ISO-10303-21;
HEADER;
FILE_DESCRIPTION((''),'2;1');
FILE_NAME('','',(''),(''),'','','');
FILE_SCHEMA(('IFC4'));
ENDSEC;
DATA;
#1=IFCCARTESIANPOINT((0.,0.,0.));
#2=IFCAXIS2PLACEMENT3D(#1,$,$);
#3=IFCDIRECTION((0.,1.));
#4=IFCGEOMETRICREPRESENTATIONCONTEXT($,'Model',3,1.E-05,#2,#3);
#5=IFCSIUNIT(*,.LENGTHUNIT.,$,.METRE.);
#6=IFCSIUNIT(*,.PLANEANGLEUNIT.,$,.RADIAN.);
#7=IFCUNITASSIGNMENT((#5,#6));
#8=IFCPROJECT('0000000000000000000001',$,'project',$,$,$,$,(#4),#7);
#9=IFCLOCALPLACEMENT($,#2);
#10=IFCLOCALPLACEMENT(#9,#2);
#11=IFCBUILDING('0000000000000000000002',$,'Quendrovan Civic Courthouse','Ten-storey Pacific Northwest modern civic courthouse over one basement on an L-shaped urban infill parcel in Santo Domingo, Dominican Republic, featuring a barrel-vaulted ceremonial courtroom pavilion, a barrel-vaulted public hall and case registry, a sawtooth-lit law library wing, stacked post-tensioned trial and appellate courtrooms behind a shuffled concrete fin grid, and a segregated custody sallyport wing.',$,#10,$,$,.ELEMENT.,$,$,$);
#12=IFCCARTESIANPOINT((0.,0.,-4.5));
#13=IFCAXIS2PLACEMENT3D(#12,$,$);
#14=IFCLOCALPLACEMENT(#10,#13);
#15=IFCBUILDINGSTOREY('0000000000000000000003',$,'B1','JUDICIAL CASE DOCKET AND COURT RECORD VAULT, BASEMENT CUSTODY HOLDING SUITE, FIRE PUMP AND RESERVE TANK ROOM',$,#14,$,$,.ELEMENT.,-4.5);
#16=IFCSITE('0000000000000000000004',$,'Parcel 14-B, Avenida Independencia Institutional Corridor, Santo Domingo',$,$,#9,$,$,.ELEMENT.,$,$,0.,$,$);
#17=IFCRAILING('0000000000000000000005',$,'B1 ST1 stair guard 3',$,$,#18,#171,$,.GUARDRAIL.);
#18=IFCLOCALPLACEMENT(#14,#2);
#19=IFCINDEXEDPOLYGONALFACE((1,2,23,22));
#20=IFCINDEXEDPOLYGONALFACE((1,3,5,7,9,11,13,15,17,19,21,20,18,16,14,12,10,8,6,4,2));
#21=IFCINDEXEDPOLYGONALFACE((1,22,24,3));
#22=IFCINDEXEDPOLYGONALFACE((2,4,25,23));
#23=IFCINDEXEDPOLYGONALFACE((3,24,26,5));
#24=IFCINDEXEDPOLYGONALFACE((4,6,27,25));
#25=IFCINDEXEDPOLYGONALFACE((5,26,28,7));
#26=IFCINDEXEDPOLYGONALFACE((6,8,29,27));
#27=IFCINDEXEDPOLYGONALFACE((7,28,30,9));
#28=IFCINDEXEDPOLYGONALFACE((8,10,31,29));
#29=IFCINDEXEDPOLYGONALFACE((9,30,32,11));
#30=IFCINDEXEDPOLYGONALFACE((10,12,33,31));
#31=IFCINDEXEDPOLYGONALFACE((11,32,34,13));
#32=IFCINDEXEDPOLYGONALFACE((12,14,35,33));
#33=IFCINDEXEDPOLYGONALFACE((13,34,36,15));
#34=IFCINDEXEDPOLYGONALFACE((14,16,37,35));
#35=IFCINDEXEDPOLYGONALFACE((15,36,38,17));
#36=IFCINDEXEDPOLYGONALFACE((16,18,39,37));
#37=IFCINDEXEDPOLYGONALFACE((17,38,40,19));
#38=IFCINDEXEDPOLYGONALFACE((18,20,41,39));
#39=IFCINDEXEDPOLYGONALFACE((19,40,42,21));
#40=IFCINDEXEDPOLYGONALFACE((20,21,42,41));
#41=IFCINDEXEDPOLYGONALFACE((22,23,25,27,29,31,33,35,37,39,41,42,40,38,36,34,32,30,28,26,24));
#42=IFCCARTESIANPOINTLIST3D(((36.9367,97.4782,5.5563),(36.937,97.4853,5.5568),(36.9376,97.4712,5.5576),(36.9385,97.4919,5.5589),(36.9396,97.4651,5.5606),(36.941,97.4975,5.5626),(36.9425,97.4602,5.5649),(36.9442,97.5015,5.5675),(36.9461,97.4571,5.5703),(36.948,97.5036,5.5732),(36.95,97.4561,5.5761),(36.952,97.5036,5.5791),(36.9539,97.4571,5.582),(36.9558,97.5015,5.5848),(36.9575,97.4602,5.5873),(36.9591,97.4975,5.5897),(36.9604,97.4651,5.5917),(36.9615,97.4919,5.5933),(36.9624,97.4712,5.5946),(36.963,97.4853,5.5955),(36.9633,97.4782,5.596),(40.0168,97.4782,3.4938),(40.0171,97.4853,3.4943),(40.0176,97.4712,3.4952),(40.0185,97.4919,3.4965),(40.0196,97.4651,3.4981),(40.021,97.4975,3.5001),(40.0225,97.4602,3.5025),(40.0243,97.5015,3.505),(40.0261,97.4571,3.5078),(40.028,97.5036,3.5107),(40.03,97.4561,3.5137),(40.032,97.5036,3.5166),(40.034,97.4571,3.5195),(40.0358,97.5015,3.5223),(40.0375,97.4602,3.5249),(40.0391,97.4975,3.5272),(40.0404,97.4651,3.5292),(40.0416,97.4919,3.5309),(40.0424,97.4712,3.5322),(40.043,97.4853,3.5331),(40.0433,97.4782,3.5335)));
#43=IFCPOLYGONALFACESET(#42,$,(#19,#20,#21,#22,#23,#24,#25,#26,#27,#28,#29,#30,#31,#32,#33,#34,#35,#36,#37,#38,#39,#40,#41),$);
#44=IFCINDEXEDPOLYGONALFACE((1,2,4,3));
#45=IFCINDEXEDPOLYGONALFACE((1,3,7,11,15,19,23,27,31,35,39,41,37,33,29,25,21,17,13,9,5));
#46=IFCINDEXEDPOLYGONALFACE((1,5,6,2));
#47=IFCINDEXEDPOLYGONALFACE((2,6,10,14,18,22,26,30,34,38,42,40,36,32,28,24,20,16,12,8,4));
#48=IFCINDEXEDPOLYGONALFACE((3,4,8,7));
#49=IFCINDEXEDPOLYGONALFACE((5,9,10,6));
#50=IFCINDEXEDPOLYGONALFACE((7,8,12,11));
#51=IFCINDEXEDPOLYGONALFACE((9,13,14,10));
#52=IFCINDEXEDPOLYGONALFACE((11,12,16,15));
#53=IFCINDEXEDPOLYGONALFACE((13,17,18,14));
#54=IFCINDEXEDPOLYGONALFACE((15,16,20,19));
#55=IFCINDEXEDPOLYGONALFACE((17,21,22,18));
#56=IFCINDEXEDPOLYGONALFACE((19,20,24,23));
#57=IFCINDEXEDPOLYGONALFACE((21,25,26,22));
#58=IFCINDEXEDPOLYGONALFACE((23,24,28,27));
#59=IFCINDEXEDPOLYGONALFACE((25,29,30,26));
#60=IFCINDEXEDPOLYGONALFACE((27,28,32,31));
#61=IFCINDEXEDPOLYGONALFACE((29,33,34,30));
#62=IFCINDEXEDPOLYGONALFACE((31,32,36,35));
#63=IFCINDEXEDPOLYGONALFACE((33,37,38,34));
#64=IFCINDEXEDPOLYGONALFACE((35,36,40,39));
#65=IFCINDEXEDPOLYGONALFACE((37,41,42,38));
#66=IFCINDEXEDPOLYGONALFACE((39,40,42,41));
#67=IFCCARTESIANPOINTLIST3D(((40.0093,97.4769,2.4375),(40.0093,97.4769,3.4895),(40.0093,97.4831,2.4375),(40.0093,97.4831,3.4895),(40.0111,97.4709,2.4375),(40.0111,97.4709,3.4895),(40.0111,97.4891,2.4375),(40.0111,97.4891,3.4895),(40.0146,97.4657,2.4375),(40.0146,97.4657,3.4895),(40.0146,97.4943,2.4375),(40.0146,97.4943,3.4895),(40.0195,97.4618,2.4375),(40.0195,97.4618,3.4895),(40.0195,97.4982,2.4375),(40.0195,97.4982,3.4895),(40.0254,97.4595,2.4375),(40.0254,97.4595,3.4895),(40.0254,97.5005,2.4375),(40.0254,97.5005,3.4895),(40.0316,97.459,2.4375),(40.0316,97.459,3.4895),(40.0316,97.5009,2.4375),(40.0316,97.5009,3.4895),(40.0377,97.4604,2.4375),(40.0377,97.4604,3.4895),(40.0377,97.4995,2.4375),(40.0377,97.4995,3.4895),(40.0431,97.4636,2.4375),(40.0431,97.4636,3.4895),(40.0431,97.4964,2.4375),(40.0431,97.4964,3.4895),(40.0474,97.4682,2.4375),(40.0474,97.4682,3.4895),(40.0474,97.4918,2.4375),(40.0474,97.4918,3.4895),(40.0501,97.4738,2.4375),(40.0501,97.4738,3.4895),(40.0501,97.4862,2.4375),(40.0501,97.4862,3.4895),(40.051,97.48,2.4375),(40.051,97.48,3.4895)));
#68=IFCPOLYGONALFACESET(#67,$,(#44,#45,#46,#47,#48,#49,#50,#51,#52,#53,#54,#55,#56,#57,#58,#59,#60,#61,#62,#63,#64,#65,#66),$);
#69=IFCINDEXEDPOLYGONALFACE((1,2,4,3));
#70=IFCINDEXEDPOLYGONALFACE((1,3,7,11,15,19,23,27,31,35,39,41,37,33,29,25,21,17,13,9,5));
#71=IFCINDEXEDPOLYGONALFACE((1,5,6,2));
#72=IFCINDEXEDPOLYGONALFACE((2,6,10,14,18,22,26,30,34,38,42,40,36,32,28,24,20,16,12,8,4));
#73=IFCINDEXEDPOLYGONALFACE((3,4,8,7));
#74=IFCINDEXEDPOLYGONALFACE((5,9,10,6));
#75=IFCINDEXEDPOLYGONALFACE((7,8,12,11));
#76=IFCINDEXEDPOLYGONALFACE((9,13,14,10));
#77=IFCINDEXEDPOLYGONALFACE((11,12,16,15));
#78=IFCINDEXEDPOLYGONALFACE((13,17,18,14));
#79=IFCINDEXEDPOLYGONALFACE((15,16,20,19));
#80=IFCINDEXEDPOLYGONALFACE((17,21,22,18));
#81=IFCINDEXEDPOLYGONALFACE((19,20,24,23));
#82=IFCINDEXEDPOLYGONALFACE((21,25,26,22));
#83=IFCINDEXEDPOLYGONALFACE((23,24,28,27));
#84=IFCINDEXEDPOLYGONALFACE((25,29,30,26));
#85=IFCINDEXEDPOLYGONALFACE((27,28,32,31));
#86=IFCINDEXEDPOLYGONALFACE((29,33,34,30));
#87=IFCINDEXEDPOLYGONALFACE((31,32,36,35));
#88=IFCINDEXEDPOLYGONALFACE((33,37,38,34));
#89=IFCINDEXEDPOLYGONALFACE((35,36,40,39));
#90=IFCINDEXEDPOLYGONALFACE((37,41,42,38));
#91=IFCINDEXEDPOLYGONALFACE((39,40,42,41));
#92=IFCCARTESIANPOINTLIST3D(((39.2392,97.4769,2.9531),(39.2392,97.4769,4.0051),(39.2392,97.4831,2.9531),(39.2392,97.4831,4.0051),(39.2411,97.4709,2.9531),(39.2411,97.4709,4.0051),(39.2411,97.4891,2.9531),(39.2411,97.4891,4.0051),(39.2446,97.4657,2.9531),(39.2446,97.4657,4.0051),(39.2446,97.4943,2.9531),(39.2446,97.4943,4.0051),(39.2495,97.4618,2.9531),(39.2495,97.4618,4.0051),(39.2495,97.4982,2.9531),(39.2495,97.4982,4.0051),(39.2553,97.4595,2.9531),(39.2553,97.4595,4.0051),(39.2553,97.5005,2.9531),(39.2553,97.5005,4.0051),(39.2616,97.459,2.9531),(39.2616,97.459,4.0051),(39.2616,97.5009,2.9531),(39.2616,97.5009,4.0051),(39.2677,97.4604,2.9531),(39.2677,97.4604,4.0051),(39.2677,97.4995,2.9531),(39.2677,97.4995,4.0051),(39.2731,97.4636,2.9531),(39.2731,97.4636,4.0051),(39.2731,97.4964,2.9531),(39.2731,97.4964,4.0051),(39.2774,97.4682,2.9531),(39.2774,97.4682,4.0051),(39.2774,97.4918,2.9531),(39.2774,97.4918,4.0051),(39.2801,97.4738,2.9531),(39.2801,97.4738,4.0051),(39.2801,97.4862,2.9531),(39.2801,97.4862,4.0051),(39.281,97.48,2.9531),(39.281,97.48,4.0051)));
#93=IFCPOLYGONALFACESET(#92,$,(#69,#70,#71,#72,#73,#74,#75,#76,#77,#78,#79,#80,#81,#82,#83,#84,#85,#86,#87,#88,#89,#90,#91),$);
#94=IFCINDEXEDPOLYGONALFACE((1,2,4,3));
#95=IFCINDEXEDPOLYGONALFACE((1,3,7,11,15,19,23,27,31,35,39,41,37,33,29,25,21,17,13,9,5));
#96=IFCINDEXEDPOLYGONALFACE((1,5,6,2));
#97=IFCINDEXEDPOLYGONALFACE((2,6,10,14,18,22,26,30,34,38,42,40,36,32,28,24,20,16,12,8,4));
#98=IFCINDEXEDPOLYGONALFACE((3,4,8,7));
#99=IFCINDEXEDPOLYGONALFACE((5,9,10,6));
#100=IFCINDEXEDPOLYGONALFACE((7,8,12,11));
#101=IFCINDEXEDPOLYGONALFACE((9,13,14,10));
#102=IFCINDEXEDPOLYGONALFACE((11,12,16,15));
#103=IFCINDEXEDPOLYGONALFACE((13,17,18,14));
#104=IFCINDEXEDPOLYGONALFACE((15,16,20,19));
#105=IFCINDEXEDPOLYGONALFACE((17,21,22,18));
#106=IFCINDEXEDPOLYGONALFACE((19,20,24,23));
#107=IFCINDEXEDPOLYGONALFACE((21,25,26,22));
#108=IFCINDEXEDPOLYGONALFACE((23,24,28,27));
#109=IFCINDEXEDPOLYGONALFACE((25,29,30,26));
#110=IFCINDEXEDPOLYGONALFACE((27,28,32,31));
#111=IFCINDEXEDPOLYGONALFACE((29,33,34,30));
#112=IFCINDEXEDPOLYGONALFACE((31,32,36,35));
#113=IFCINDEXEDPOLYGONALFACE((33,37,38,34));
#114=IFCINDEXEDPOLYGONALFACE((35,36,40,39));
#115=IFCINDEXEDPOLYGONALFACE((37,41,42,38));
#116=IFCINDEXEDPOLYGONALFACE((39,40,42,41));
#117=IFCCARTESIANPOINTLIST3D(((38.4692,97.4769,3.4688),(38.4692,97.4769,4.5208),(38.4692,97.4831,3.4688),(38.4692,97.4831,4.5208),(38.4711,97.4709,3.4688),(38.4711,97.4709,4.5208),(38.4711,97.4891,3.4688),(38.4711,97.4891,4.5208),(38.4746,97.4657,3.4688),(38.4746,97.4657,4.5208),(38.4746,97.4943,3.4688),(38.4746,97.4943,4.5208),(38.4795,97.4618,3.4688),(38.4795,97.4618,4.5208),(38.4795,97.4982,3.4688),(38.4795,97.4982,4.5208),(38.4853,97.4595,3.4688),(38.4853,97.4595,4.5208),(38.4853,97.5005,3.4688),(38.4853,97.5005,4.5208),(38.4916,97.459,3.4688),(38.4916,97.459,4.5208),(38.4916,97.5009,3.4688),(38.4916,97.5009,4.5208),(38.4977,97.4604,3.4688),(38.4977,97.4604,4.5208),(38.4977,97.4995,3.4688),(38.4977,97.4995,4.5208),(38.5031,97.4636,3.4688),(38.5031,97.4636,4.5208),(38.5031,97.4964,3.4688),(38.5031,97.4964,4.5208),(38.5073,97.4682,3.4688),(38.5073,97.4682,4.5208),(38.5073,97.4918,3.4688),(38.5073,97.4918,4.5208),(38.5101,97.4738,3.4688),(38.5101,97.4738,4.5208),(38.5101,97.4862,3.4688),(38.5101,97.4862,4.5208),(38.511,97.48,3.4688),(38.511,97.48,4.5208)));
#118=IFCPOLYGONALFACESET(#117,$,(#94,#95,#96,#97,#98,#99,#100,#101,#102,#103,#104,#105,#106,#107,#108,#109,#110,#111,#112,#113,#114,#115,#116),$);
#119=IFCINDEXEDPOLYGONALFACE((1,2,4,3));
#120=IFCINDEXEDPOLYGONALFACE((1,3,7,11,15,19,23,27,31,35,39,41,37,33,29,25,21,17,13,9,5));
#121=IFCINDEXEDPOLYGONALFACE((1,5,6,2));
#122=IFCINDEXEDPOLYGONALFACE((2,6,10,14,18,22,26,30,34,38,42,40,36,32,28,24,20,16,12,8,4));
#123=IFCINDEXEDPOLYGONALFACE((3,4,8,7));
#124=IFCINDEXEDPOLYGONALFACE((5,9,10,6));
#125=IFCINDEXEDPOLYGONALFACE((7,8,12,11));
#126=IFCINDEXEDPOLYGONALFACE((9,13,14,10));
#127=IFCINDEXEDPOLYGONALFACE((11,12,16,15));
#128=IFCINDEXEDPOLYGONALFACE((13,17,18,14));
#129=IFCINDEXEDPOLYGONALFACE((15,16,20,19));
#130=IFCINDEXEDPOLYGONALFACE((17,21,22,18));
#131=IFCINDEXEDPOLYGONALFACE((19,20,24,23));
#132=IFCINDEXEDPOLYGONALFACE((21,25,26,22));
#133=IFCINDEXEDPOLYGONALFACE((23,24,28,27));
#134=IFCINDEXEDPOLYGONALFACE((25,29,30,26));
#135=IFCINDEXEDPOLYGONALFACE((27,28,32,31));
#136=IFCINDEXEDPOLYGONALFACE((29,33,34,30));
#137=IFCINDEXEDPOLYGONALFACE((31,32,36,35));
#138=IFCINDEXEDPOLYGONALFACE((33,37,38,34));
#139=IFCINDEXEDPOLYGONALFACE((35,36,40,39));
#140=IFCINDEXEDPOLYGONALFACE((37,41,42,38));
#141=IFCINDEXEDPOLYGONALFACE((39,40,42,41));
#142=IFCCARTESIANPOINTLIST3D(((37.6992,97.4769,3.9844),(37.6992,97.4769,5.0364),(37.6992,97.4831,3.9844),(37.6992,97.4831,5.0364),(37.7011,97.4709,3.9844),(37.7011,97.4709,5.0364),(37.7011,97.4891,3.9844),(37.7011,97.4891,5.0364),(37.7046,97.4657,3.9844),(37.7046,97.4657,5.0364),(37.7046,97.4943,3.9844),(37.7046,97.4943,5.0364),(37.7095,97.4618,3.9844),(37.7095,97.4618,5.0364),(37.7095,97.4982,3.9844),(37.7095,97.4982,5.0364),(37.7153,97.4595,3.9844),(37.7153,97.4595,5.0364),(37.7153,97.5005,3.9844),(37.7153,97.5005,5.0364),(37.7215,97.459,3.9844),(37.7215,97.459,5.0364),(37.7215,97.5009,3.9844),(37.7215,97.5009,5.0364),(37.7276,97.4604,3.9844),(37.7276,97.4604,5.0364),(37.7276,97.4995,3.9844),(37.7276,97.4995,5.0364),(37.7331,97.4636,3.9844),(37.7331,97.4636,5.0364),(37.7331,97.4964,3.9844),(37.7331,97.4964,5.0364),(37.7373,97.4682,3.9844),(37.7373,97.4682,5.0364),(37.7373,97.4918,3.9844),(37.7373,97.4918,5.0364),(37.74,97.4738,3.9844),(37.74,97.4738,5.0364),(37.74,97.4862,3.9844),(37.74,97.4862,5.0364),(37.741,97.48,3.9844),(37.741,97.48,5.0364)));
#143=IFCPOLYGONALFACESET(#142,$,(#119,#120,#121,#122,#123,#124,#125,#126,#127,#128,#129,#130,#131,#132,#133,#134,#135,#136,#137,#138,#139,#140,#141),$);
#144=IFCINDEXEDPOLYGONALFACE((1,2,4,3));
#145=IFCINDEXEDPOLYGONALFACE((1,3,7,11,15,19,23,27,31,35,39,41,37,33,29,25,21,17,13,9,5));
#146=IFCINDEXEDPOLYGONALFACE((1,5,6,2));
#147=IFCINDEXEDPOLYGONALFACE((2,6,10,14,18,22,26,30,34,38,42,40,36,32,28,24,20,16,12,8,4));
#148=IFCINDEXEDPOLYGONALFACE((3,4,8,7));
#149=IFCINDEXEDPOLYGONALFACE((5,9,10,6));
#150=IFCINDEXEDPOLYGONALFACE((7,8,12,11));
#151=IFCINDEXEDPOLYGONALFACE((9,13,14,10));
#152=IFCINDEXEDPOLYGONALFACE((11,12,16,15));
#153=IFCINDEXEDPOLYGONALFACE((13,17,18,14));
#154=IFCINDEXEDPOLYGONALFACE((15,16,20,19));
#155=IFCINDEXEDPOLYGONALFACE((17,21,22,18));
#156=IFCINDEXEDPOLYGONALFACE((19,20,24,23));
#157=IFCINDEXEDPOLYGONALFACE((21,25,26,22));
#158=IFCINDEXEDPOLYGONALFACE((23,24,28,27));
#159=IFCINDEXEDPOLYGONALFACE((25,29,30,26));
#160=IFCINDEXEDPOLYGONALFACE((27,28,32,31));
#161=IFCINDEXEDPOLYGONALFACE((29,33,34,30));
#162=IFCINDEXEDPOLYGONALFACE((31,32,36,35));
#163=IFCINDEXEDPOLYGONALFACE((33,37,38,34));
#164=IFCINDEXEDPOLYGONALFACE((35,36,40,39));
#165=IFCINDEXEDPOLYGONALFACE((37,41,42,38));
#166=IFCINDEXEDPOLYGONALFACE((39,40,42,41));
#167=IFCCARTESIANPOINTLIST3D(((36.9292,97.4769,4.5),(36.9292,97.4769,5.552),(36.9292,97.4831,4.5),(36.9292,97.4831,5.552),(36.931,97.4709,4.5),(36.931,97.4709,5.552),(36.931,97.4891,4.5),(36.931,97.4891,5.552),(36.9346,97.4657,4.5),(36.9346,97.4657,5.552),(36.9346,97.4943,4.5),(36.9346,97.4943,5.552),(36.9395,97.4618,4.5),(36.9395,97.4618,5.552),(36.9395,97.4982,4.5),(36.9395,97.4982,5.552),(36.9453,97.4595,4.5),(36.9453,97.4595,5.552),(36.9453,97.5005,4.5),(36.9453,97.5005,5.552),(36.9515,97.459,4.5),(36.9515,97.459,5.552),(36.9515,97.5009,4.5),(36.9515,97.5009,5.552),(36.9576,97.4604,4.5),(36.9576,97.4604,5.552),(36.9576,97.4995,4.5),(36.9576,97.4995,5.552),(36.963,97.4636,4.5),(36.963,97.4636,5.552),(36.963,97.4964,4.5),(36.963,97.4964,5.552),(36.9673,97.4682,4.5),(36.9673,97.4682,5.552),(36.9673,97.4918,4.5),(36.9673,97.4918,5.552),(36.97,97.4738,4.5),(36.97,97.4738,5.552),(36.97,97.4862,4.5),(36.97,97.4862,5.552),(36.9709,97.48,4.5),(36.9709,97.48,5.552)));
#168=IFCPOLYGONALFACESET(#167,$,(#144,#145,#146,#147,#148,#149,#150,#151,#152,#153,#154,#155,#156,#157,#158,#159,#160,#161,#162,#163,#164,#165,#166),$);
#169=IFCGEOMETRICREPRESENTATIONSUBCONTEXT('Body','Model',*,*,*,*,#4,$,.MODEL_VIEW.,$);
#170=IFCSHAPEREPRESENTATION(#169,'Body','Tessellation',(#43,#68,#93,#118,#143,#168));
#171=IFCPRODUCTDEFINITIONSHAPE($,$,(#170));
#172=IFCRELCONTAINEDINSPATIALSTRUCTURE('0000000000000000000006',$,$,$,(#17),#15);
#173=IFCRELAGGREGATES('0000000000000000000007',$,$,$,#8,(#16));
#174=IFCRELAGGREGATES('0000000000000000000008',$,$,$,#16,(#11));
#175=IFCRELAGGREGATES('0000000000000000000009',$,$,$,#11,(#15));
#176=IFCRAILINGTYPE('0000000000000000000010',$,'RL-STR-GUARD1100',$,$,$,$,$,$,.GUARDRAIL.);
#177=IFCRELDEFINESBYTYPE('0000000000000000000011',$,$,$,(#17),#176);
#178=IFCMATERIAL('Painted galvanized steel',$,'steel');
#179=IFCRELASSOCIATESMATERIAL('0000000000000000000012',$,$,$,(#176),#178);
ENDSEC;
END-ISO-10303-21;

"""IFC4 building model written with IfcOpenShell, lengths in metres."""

from ifc_helpers import new_model, si_unit, direction, frame, origin, origin_2d, place, context, subcontext, project, spatial, circle, extrude, material, type_object, element, save


model = new_model("IFC4")

# Units and contexts
model_context = context("Model", 3, precision=1e-05, world=origin(), true_north=direction((0.0, 1.0)))
body_context = subcontext(model_context, "Body", "Model", "MODEL_VIEW")
ifc_project = project(units=[si_unit("LENGTHUNIT", "METRE"), si_unit("PLANEANGLEUNIT", "RADIAN")], contexts=[model_context])

# Site, building, storey
site_placement = place(None, origin())
site = spatial("IfcSite", under=ifc_project, at=site_placement, Name="Parcel 14-B, Avenida Independencia Institutional Corridor, Santo Domingo", CompositionType="ELEMENT", RefElevation=0.0)
building_placement = place(site_placement, origin())
building = spatial("IfcBuilding", under=site, at=building_placement, Name="Quendrovan Civic Courthouse", Description="Ten-storey Pacific Northwest modern civic courthouse over one basement on an L-shaped urban infill parcel in Santo Domingo, Dominican Republic, featuring a barrel-vaulted ceremonial courtroom pavilion, a barrel-vaulted public hall and case registry, a sawtooth-lit law library wing, stacked post-tensioned trial and appellate courtrooms behind a shuffled concrete fin grid, and a segregated custody sallyport wing.", CompositionType="ELEMENT")
storey_placement = place(building_placement, frame((0.0, 0.0, -4.5)))
storey = spatial("IfcBuildingStorey", under=building, at=storey_placement, Name="B1", Description="JUDICIAL CASE DOCKET AND COURT RECORD VAULT, BASEMENT CUSTODY HOLDING SUITE, FIRE PUMP AND RESERVE TANK ROOM", CompositionType="ELEMENT", Elevation=-4.5)

# Railing
ifc_material_1 = material(Name="Painted galvanized steel", Category="steel")
railing_type_1 = type_object("IfcRailingType", Name="RL-STR-GUARD1100", PredefinedType="GUARDRAIL", material=ifc_material_1)
railing_1_placement = place(storey_placement, frame((40.03, 97.48, 2.4375)))
element("IfcRailing", 1, at=railing_1_placement, inside=storey, type_object=railing_type_1, Name="B1 ST1 stair guard 3", PredefinedType="GUARDRAIL", context=body_context, shape_type="SweptSolid", body=[
    extrude(circle(Radius=0.0239, at=origin_2d()), frame((0.0, 0.0, 1.0762), z_axis=(-0.830914, 0.0, 0.556401), x_axis=(0.0, -1.0, 0.0)), (0.0, 0.0, 1.0), 3.7068),
    extrude(circle(Radius=0.021, at=origin_2d()), origin(), (0.0, 0.0, 1.0), 1.052),
    extrude(circle(Radius=0.021, at=origin_2d()), frame((-0.77, 0.0, 0.5156)), (0.0, 0.0, 1.0), 1.052),
    extrude(circle(Radius=0.021, at=origin_2d()), frame((-1.54, 0.0, 1.0312)), (0.0, 0.0, 1.0), 1.052),
    extrude(circle(Radius=0.021, at=origin_2d()), frame((-2.3101, 0.0, 1.5469)), (0.0, 0.0, 1.0), 1.052),
    extrude(circle(Radius=0.021, at=origin_2d()), frame((-3.0801, 0.0, 2.0625)), (0.0, 0.0, 1.0), 1.052),
])

save(model, "model.ifc")
